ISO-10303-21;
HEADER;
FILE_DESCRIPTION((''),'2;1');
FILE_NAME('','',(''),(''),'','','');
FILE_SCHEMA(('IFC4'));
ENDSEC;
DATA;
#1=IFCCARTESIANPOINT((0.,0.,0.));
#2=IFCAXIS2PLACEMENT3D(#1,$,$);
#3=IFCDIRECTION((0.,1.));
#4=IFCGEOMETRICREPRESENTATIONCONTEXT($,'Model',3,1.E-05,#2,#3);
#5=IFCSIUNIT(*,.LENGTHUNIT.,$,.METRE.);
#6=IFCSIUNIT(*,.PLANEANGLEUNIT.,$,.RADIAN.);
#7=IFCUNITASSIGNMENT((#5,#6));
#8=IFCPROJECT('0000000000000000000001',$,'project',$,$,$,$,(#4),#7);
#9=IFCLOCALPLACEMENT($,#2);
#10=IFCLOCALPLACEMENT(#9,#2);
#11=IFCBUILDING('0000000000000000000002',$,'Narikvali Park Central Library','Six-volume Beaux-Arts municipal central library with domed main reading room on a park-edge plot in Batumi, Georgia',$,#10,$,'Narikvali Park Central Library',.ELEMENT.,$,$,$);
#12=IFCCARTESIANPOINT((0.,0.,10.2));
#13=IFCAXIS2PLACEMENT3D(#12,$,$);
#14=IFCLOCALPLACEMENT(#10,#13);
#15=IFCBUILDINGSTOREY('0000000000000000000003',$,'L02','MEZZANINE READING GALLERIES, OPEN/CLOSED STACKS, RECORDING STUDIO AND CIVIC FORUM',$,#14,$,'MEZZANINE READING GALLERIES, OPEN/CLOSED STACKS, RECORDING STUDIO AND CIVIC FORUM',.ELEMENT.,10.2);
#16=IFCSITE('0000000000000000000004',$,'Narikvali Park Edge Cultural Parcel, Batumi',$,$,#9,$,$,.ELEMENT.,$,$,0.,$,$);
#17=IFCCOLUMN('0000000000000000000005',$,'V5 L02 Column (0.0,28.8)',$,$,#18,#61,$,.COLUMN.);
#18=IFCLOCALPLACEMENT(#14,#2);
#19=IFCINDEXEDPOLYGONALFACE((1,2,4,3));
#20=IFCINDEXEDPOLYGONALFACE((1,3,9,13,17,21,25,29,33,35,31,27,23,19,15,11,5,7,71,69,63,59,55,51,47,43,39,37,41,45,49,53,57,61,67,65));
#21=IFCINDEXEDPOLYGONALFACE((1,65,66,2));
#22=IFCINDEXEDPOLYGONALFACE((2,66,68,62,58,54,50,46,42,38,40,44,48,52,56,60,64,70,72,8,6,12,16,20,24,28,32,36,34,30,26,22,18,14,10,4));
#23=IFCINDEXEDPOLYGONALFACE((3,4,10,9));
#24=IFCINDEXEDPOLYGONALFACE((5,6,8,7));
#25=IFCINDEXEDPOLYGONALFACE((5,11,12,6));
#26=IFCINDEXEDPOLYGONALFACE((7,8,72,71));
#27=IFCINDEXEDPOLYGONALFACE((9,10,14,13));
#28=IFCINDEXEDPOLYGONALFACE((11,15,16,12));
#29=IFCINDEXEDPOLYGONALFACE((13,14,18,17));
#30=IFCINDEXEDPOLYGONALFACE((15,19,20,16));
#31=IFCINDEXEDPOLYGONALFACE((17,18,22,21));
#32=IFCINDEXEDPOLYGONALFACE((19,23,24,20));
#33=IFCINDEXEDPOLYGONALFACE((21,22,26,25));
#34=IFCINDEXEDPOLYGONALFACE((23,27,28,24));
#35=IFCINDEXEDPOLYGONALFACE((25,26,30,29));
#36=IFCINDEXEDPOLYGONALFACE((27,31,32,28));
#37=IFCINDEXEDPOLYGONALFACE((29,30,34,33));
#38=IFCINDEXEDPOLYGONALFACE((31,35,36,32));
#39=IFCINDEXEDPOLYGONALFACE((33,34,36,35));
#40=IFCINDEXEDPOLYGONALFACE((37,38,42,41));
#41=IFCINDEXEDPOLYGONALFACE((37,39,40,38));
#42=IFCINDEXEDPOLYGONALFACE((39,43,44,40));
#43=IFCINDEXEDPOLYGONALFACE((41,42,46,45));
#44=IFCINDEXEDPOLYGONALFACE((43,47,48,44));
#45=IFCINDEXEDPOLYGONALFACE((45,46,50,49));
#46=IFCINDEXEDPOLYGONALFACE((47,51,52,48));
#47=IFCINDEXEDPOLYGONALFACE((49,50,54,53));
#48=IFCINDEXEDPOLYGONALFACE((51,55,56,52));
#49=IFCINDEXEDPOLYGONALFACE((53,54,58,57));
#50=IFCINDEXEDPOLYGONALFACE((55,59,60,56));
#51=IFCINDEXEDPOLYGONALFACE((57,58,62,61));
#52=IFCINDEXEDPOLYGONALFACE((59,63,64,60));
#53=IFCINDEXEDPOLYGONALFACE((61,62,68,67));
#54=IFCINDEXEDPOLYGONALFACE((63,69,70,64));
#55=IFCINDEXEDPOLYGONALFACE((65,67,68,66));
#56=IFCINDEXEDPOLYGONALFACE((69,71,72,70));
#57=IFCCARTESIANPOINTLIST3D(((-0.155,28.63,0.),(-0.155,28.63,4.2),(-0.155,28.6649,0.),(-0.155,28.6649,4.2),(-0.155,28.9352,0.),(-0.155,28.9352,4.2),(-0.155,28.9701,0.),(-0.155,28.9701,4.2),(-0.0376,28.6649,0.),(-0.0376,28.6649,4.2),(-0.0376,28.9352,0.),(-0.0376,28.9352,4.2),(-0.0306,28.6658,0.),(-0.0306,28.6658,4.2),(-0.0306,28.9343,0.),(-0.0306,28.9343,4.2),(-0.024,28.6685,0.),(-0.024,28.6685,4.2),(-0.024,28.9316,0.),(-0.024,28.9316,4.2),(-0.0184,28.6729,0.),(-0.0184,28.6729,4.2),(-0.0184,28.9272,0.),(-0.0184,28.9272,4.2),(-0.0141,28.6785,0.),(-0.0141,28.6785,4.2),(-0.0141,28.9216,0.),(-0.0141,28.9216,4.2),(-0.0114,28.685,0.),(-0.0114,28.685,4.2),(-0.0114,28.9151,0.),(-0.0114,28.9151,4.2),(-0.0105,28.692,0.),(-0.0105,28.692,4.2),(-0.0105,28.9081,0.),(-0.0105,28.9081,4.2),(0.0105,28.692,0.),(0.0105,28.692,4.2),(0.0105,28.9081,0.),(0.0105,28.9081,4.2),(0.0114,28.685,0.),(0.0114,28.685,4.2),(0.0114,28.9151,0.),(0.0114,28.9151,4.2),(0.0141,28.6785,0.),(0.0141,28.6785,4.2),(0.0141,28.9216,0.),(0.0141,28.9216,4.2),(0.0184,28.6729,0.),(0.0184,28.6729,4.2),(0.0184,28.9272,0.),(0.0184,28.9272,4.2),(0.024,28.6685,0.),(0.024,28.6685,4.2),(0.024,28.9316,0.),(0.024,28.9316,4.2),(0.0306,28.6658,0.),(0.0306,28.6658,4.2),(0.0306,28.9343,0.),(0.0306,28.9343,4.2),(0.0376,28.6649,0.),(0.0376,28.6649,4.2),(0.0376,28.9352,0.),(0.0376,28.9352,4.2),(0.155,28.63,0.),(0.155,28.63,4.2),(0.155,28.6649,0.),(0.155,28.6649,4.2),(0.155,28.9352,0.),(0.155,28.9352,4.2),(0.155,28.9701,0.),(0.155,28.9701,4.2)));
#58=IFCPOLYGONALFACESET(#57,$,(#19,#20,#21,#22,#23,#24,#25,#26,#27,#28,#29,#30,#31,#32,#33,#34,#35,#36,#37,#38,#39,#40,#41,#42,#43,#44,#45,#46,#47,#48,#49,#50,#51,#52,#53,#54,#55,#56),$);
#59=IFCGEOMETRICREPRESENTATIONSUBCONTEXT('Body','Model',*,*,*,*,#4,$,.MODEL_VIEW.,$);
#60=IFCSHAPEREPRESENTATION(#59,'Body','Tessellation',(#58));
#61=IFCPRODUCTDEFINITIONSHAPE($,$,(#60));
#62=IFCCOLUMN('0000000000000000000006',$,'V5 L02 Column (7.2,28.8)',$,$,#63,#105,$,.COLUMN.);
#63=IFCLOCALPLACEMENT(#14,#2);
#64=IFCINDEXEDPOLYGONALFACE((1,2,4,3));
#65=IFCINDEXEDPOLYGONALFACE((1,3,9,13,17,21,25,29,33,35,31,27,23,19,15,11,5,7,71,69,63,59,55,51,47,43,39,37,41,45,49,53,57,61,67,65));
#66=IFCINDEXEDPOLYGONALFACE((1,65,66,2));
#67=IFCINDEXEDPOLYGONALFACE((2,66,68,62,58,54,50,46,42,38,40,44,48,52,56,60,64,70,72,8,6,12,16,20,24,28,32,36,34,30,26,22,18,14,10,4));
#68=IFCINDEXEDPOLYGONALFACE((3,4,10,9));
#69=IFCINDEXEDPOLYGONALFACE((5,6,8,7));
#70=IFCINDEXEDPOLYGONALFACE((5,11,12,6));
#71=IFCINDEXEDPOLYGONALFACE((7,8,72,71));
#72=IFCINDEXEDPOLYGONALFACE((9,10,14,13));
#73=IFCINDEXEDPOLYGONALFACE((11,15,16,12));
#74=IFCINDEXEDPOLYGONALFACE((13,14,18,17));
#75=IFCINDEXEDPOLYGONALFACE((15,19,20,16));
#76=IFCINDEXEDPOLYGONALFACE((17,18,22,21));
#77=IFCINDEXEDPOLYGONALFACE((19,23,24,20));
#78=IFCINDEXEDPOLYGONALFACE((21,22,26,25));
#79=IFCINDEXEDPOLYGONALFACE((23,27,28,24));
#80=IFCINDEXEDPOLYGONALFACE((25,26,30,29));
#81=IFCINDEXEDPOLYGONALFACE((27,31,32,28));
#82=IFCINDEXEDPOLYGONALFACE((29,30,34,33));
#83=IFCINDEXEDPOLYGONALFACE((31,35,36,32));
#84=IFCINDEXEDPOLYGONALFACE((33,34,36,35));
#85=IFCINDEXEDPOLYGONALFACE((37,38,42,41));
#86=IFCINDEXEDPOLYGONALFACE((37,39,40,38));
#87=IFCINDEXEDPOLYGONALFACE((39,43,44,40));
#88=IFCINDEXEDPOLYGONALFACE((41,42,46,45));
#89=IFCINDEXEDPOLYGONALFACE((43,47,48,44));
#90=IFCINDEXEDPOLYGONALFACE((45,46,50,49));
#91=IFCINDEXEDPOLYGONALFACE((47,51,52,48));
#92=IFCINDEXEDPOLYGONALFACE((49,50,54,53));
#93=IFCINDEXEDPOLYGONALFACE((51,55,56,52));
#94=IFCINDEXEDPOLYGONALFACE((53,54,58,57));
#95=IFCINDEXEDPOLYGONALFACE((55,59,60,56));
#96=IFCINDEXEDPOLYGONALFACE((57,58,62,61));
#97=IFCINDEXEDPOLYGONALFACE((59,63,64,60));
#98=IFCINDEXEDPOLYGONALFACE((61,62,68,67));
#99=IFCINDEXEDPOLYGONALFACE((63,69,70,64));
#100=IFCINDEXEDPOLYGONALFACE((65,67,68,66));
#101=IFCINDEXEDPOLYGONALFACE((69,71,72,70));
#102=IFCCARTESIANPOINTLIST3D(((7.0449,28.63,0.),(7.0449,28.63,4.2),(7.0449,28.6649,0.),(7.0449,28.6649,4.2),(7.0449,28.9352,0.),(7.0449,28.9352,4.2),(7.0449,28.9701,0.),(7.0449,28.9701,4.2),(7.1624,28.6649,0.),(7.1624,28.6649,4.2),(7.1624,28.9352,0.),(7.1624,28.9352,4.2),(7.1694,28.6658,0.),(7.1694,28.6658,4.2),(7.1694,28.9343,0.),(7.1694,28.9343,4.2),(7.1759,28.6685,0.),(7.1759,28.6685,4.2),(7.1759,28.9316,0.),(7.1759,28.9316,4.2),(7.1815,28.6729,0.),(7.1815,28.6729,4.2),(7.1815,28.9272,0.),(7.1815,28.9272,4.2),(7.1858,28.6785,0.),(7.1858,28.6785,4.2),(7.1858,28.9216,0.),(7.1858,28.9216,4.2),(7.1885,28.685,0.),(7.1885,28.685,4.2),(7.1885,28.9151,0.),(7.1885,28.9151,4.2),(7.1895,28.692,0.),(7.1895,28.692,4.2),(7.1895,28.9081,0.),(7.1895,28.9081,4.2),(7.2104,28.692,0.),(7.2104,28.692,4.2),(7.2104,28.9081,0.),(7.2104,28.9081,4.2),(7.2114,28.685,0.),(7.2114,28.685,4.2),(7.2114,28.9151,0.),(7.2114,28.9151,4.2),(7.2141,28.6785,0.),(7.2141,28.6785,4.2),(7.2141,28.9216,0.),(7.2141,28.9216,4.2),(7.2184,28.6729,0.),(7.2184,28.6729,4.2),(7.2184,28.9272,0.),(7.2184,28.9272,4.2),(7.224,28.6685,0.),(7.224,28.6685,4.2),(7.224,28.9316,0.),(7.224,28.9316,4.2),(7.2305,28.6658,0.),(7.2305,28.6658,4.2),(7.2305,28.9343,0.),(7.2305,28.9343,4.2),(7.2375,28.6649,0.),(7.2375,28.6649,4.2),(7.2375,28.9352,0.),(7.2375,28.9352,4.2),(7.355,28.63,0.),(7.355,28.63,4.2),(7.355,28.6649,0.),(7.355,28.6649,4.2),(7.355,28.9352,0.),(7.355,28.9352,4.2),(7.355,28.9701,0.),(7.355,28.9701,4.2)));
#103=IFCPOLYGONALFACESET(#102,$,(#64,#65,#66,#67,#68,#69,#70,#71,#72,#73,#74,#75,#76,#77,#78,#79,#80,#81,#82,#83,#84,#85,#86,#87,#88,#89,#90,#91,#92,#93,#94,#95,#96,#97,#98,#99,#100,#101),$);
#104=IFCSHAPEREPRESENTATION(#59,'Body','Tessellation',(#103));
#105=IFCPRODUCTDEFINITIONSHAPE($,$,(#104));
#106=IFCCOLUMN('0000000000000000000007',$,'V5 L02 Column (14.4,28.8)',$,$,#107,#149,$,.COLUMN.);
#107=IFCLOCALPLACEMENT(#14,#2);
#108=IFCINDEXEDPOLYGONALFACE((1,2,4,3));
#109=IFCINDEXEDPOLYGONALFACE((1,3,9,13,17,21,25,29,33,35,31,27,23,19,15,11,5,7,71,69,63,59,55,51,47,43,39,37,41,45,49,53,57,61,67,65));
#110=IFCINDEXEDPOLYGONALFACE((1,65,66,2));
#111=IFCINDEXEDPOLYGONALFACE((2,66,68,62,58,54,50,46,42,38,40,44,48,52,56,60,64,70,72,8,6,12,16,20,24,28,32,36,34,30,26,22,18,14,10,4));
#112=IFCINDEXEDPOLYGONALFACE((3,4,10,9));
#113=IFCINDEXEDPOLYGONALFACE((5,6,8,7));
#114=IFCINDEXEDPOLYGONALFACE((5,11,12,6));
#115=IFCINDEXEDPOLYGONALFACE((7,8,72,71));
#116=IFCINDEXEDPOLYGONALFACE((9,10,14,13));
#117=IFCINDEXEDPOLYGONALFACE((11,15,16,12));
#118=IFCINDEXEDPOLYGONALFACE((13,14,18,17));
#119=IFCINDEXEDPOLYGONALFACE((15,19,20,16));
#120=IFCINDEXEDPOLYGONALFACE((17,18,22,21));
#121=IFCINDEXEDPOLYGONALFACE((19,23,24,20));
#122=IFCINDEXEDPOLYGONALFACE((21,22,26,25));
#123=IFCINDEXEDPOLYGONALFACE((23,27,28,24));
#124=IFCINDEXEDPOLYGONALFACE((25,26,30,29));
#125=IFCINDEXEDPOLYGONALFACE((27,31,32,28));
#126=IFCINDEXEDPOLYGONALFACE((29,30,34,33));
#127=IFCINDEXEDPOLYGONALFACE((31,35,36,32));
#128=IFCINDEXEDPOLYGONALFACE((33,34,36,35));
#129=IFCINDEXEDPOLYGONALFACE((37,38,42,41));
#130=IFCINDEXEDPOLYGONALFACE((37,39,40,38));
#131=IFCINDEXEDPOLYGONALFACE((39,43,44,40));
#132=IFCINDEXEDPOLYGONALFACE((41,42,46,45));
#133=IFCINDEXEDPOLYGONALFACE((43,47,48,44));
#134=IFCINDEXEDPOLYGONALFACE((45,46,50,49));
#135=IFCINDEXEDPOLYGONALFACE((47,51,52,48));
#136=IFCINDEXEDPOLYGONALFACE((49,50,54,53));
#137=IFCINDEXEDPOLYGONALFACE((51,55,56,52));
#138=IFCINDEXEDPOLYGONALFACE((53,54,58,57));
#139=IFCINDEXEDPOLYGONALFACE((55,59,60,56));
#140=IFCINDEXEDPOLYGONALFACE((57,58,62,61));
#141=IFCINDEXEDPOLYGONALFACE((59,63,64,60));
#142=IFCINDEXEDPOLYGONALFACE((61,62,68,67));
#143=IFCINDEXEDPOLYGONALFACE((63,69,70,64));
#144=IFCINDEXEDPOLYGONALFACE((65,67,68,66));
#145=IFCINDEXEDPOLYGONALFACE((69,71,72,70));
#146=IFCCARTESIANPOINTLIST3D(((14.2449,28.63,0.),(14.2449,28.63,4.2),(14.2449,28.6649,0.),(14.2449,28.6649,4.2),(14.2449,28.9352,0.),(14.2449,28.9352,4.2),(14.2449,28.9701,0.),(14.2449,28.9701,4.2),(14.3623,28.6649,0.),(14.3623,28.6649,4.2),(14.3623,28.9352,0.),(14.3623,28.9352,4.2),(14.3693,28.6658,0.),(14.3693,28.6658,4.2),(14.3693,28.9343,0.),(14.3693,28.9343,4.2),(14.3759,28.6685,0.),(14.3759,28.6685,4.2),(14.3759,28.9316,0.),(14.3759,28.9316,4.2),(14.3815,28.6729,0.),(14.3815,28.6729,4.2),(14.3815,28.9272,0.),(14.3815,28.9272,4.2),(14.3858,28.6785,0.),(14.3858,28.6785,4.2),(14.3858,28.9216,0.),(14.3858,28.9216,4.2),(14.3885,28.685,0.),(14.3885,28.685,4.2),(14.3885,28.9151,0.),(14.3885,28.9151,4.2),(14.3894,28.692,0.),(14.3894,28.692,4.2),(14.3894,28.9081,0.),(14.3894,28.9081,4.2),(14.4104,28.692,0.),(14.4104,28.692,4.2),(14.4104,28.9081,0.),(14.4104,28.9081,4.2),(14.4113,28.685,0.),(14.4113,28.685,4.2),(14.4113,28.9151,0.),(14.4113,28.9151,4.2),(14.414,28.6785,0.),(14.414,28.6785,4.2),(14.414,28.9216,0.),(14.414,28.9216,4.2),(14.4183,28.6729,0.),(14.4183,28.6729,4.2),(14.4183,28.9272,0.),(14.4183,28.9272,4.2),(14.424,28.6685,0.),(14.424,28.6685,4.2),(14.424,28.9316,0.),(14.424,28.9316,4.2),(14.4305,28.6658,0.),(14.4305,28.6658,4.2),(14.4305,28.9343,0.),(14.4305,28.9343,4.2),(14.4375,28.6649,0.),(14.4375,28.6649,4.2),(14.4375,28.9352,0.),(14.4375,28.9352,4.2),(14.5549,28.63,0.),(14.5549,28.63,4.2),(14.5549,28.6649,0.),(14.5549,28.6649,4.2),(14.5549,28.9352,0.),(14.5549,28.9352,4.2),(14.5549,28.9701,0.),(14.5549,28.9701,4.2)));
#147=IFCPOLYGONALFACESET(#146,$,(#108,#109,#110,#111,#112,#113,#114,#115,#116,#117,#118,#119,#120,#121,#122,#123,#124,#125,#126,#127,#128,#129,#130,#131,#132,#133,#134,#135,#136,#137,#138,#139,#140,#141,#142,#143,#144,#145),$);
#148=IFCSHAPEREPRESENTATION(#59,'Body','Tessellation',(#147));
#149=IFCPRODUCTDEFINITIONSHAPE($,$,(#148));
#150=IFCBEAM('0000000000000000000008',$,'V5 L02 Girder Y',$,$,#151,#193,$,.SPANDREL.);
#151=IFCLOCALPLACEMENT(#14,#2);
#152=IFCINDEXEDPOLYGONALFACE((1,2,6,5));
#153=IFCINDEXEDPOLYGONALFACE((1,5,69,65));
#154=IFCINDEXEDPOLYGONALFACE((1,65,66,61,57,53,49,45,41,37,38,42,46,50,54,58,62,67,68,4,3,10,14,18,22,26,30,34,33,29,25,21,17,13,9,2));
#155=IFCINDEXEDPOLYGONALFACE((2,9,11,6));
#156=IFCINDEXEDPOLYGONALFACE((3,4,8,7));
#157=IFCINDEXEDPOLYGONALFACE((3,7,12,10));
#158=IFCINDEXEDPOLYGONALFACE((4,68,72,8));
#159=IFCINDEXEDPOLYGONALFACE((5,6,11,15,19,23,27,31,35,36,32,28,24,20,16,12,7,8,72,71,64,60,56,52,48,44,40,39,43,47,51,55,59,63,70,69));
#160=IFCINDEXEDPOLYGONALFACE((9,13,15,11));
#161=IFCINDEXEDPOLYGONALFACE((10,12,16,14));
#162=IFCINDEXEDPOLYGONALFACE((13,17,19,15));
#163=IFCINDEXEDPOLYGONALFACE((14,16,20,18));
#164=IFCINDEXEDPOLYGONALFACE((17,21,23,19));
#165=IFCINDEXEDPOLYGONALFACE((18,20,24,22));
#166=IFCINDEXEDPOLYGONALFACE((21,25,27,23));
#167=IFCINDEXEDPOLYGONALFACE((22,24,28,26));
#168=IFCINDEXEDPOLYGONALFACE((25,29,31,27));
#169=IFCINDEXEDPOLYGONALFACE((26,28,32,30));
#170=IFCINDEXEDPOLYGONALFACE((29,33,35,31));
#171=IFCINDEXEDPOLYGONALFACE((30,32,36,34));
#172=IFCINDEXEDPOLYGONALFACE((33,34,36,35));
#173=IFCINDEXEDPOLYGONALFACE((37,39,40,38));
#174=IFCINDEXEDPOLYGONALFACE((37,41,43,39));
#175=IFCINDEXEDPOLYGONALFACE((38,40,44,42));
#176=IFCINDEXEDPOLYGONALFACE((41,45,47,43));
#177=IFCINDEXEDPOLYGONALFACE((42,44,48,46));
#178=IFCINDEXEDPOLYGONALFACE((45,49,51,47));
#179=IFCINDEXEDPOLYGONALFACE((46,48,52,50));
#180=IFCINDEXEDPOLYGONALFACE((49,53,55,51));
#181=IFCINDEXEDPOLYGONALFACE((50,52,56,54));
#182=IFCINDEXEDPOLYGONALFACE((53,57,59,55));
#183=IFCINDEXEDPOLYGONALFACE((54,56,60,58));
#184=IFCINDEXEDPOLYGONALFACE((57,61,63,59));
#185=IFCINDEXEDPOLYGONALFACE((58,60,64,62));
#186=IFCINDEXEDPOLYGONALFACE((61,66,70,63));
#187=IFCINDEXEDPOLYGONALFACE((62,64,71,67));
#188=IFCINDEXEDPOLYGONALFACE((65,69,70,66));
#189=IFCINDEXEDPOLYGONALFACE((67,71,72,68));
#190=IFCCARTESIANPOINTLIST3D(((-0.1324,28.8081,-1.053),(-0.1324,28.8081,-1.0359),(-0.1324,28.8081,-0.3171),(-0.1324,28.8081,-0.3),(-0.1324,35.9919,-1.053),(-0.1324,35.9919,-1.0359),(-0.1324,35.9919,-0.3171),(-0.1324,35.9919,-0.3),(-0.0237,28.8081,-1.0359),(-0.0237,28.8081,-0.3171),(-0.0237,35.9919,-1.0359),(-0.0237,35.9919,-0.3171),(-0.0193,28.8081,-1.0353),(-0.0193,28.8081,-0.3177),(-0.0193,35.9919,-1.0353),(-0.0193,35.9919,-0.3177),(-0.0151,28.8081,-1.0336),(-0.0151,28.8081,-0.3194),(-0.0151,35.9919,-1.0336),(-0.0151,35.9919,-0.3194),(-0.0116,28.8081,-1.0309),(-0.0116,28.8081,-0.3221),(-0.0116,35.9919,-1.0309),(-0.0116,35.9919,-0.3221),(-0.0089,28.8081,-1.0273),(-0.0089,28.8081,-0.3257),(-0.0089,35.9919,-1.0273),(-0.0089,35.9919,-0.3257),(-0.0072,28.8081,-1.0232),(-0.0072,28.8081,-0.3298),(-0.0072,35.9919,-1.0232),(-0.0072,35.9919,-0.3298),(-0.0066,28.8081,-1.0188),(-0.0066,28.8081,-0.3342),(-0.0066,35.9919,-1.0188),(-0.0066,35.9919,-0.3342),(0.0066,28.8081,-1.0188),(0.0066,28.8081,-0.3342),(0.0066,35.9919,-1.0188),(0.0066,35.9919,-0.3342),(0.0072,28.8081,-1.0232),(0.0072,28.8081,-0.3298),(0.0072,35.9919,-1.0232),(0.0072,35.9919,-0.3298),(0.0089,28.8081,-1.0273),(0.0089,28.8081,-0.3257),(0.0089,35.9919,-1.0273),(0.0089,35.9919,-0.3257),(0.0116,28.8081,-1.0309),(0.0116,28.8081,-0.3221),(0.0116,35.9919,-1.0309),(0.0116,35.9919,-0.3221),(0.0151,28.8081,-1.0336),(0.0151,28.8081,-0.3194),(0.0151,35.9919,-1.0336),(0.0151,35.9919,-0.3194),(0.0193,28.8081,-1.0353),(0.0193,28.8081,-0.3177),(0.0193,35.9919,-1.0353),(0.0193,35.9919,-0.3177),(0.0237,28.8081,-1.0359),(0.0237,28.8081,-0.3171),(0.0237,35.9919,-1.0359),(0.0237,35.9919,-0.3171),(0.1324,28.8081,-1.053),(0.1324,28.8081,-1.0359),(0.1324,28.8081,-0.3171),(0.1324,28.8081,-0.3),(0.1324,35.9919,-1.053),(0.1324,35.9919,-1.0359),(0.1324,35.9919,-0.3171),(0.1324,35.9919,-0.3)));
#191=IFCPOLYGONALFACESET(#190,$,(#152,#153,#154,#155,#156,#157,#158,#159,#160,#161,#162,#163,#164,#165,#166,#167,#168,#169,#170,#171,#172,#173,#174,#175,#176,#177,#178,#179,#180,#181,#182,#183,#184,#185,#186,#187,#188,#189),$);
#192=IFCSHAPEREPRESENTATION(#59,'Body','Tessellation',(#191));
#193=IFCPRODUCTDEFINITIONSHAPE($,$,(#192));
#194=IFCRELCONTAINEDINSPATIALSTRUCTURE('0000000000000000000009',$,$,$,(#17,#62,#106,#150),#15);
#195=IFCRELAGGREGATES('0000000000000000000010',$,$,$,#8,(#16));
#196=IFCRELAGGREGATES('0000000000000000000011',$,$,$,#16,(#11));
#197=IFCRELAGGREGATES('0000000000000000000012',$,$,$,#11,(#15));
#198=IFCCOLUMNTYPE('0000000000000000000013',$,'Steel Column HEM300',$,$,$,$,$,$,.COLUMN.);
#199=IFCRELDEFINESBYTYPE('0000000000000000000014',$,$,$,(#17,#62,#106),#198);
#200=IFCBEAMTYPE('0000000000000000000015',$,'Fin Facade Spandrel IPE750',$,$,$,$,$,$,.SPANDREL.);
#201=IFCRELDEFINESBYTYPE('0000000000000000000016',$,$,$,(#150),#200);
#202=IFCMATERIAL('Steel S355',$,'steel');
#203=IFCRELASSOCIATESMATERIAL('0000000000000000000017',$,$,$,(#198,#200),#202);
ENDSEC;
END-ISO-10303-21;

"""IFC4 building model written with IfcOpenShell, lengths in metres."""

from ifc_helpers import new_model, si_unit, direction, frame, origin, origin_2d, place, context, subcontext, project, spatial, i_section, extrude, material, material_profile, profile_set, type_object, element, save


model = new_model("IFC4")

# Units and contexts
model_context = context("Model", 3, precision=1e-05, world=origin(), true_north=direction((0.0, 1.0)))
body_context = subcontext(model_context, "Body", "Model", "MODEL_VIEW")
ifc_project = project(units=[si_unit("LENGTHUNIT", "METRE"), si_unit("PLANEANGLEUNIT", "RADIAN")], contexts=[model_context])

# Site, building, storey
site_placement = place(None, origin())
site = spatial("IfcSite", under=ifc_project, at=site_placement, Name="Narikvali Park Edge Cultural Parcel, Batumi", CompositionType="ELEMENT", RefElevation=0.0)
building_placement = place(site_placement, origin())
building = spatial("IfcBuilding", under=site, at=building_placement, Name="Narikvali Park Central Library", Description="Six-volume Beaux-Arts municipal central library with domed main reading room on a park-edge plot in Batumi, Georgia", LongName="Narikvali Park Central Library", CompositionType="ELEMENT")
storey_placement = place(building_placement, frame((0.0, 0.0, 10.2)))
storey = spatial("IfcBuildingStorey", under=building, at=storey_placement, Name="L02", Description="MEZZANINE READING GALLERIES, OPEN/CLOSED STACKS, RECORDING STUDIO AND CIVIC FORUM", LongName="MEZZANINE READING GALLERIES, OPEN/CLOSED STACKS, RECORDING STUDIO AND CIVIC FORUM", CompositionType="ELEMENT", Elevation=10.2)

# Columns
ifc_material_1 = material(Name="Steel S355", Category="steel")
ifc_material_profile_1 = material_profile(ifc_material_1, i_section(OverallWidth=0.3101, OverallDepth=0.3401, WebThickness=0.021, FlangeThickness=0.0349, FilletRadius=0.0271, at=origin_2d()), Name="HEM 300")
ifc_profile_set_1 = profile_set([ifc_material_profile_1], Name="Steel S355")
column_type = type_object("IfcColumnType", Name="Steel Column HEM300", PredefinedType="COLUMN", material=ifc_profile_set_1)
for number, where, z_axis, x_axis, name in (
    (1, (0.0, 28.8, 0.0), (0.0, 0.0, 1.0), (1.0, 0.0, 0.0), "V5 L02 Column (0.0,28.8)"),
    (2, (7.2, 28.8, 0.0), (0.0, 0.0, 1.0), (1.0, 0.0, 0.0), "V5 L02 Column (7.2,28.8)"),
    (3, (14.3999, 28.8, 0.0), (0.0, 0.0, 1.0), (1.0, 0.0, 0.0), "V5 L02 Column (14.4,28.8)"),
):
    element("IfcColumn", number, at=place(storey_placement, frame(where, z_axis=z_axis, x_axis=x_axis)), inside=storey, type_object=column_type, Name=name, PredefinedType="COLUMN", context=body_context, shape_type="SweptSolid", body=[
        extrude(i_section(OverallWidth=0.3101, OverallDepth=0.3401, WebThickness=0.021, FlangeThickness=0.0349, FilletRadius=0.0271, at=origin_2d()), origin(), (0.0, 0.0, 1.0), 4.2),
    ])

# Beam
ifc_material_profile_2 = material_profile(ifc_material_1, i_section(OverallWidth=0.2649, OverallDepth=0.7529, WebThickness=0.0132, FlangeThickness=0.0171, FilletRadius=0.0171, at=origin_2d()), Name="IPE 750x147")
ifc_profile_set_2 = profile_set([ifc_material_profile_2], Name="Steel S355")
beam_type_1 = type_object("IfcBeamType", Name="Fin Facade Spandrel IPE750", PredefinedType="SPANDREL", material=ifc_profile_set_2)
beam_1_placement = place(storey_placement, frame((0.0, 28.8081, -0.6765), z_axis=(0.0, 1.0, 0.0), x_axis=(-1.0, 0.0, 0.0)))
element("IfcBeam", 4, at=beam_1_placement, inside=storey, type_object=beam_type_1, Name="V5 L02 Girder Y", PredefinedType="SPANDREL", context=body_context, shape_type="SweptSolid", body=[
    extrude(i_section(OverallWidth=0.2649, OverallDepth=0.7529, WebThickness=0.0132, FlangeThickness=0.0171, FilletRadius=0.0171, at=origin_2d()), origin(), (0.0, 0.0, 1.0), 7.1838),
])

save(model, "model.ifc")
